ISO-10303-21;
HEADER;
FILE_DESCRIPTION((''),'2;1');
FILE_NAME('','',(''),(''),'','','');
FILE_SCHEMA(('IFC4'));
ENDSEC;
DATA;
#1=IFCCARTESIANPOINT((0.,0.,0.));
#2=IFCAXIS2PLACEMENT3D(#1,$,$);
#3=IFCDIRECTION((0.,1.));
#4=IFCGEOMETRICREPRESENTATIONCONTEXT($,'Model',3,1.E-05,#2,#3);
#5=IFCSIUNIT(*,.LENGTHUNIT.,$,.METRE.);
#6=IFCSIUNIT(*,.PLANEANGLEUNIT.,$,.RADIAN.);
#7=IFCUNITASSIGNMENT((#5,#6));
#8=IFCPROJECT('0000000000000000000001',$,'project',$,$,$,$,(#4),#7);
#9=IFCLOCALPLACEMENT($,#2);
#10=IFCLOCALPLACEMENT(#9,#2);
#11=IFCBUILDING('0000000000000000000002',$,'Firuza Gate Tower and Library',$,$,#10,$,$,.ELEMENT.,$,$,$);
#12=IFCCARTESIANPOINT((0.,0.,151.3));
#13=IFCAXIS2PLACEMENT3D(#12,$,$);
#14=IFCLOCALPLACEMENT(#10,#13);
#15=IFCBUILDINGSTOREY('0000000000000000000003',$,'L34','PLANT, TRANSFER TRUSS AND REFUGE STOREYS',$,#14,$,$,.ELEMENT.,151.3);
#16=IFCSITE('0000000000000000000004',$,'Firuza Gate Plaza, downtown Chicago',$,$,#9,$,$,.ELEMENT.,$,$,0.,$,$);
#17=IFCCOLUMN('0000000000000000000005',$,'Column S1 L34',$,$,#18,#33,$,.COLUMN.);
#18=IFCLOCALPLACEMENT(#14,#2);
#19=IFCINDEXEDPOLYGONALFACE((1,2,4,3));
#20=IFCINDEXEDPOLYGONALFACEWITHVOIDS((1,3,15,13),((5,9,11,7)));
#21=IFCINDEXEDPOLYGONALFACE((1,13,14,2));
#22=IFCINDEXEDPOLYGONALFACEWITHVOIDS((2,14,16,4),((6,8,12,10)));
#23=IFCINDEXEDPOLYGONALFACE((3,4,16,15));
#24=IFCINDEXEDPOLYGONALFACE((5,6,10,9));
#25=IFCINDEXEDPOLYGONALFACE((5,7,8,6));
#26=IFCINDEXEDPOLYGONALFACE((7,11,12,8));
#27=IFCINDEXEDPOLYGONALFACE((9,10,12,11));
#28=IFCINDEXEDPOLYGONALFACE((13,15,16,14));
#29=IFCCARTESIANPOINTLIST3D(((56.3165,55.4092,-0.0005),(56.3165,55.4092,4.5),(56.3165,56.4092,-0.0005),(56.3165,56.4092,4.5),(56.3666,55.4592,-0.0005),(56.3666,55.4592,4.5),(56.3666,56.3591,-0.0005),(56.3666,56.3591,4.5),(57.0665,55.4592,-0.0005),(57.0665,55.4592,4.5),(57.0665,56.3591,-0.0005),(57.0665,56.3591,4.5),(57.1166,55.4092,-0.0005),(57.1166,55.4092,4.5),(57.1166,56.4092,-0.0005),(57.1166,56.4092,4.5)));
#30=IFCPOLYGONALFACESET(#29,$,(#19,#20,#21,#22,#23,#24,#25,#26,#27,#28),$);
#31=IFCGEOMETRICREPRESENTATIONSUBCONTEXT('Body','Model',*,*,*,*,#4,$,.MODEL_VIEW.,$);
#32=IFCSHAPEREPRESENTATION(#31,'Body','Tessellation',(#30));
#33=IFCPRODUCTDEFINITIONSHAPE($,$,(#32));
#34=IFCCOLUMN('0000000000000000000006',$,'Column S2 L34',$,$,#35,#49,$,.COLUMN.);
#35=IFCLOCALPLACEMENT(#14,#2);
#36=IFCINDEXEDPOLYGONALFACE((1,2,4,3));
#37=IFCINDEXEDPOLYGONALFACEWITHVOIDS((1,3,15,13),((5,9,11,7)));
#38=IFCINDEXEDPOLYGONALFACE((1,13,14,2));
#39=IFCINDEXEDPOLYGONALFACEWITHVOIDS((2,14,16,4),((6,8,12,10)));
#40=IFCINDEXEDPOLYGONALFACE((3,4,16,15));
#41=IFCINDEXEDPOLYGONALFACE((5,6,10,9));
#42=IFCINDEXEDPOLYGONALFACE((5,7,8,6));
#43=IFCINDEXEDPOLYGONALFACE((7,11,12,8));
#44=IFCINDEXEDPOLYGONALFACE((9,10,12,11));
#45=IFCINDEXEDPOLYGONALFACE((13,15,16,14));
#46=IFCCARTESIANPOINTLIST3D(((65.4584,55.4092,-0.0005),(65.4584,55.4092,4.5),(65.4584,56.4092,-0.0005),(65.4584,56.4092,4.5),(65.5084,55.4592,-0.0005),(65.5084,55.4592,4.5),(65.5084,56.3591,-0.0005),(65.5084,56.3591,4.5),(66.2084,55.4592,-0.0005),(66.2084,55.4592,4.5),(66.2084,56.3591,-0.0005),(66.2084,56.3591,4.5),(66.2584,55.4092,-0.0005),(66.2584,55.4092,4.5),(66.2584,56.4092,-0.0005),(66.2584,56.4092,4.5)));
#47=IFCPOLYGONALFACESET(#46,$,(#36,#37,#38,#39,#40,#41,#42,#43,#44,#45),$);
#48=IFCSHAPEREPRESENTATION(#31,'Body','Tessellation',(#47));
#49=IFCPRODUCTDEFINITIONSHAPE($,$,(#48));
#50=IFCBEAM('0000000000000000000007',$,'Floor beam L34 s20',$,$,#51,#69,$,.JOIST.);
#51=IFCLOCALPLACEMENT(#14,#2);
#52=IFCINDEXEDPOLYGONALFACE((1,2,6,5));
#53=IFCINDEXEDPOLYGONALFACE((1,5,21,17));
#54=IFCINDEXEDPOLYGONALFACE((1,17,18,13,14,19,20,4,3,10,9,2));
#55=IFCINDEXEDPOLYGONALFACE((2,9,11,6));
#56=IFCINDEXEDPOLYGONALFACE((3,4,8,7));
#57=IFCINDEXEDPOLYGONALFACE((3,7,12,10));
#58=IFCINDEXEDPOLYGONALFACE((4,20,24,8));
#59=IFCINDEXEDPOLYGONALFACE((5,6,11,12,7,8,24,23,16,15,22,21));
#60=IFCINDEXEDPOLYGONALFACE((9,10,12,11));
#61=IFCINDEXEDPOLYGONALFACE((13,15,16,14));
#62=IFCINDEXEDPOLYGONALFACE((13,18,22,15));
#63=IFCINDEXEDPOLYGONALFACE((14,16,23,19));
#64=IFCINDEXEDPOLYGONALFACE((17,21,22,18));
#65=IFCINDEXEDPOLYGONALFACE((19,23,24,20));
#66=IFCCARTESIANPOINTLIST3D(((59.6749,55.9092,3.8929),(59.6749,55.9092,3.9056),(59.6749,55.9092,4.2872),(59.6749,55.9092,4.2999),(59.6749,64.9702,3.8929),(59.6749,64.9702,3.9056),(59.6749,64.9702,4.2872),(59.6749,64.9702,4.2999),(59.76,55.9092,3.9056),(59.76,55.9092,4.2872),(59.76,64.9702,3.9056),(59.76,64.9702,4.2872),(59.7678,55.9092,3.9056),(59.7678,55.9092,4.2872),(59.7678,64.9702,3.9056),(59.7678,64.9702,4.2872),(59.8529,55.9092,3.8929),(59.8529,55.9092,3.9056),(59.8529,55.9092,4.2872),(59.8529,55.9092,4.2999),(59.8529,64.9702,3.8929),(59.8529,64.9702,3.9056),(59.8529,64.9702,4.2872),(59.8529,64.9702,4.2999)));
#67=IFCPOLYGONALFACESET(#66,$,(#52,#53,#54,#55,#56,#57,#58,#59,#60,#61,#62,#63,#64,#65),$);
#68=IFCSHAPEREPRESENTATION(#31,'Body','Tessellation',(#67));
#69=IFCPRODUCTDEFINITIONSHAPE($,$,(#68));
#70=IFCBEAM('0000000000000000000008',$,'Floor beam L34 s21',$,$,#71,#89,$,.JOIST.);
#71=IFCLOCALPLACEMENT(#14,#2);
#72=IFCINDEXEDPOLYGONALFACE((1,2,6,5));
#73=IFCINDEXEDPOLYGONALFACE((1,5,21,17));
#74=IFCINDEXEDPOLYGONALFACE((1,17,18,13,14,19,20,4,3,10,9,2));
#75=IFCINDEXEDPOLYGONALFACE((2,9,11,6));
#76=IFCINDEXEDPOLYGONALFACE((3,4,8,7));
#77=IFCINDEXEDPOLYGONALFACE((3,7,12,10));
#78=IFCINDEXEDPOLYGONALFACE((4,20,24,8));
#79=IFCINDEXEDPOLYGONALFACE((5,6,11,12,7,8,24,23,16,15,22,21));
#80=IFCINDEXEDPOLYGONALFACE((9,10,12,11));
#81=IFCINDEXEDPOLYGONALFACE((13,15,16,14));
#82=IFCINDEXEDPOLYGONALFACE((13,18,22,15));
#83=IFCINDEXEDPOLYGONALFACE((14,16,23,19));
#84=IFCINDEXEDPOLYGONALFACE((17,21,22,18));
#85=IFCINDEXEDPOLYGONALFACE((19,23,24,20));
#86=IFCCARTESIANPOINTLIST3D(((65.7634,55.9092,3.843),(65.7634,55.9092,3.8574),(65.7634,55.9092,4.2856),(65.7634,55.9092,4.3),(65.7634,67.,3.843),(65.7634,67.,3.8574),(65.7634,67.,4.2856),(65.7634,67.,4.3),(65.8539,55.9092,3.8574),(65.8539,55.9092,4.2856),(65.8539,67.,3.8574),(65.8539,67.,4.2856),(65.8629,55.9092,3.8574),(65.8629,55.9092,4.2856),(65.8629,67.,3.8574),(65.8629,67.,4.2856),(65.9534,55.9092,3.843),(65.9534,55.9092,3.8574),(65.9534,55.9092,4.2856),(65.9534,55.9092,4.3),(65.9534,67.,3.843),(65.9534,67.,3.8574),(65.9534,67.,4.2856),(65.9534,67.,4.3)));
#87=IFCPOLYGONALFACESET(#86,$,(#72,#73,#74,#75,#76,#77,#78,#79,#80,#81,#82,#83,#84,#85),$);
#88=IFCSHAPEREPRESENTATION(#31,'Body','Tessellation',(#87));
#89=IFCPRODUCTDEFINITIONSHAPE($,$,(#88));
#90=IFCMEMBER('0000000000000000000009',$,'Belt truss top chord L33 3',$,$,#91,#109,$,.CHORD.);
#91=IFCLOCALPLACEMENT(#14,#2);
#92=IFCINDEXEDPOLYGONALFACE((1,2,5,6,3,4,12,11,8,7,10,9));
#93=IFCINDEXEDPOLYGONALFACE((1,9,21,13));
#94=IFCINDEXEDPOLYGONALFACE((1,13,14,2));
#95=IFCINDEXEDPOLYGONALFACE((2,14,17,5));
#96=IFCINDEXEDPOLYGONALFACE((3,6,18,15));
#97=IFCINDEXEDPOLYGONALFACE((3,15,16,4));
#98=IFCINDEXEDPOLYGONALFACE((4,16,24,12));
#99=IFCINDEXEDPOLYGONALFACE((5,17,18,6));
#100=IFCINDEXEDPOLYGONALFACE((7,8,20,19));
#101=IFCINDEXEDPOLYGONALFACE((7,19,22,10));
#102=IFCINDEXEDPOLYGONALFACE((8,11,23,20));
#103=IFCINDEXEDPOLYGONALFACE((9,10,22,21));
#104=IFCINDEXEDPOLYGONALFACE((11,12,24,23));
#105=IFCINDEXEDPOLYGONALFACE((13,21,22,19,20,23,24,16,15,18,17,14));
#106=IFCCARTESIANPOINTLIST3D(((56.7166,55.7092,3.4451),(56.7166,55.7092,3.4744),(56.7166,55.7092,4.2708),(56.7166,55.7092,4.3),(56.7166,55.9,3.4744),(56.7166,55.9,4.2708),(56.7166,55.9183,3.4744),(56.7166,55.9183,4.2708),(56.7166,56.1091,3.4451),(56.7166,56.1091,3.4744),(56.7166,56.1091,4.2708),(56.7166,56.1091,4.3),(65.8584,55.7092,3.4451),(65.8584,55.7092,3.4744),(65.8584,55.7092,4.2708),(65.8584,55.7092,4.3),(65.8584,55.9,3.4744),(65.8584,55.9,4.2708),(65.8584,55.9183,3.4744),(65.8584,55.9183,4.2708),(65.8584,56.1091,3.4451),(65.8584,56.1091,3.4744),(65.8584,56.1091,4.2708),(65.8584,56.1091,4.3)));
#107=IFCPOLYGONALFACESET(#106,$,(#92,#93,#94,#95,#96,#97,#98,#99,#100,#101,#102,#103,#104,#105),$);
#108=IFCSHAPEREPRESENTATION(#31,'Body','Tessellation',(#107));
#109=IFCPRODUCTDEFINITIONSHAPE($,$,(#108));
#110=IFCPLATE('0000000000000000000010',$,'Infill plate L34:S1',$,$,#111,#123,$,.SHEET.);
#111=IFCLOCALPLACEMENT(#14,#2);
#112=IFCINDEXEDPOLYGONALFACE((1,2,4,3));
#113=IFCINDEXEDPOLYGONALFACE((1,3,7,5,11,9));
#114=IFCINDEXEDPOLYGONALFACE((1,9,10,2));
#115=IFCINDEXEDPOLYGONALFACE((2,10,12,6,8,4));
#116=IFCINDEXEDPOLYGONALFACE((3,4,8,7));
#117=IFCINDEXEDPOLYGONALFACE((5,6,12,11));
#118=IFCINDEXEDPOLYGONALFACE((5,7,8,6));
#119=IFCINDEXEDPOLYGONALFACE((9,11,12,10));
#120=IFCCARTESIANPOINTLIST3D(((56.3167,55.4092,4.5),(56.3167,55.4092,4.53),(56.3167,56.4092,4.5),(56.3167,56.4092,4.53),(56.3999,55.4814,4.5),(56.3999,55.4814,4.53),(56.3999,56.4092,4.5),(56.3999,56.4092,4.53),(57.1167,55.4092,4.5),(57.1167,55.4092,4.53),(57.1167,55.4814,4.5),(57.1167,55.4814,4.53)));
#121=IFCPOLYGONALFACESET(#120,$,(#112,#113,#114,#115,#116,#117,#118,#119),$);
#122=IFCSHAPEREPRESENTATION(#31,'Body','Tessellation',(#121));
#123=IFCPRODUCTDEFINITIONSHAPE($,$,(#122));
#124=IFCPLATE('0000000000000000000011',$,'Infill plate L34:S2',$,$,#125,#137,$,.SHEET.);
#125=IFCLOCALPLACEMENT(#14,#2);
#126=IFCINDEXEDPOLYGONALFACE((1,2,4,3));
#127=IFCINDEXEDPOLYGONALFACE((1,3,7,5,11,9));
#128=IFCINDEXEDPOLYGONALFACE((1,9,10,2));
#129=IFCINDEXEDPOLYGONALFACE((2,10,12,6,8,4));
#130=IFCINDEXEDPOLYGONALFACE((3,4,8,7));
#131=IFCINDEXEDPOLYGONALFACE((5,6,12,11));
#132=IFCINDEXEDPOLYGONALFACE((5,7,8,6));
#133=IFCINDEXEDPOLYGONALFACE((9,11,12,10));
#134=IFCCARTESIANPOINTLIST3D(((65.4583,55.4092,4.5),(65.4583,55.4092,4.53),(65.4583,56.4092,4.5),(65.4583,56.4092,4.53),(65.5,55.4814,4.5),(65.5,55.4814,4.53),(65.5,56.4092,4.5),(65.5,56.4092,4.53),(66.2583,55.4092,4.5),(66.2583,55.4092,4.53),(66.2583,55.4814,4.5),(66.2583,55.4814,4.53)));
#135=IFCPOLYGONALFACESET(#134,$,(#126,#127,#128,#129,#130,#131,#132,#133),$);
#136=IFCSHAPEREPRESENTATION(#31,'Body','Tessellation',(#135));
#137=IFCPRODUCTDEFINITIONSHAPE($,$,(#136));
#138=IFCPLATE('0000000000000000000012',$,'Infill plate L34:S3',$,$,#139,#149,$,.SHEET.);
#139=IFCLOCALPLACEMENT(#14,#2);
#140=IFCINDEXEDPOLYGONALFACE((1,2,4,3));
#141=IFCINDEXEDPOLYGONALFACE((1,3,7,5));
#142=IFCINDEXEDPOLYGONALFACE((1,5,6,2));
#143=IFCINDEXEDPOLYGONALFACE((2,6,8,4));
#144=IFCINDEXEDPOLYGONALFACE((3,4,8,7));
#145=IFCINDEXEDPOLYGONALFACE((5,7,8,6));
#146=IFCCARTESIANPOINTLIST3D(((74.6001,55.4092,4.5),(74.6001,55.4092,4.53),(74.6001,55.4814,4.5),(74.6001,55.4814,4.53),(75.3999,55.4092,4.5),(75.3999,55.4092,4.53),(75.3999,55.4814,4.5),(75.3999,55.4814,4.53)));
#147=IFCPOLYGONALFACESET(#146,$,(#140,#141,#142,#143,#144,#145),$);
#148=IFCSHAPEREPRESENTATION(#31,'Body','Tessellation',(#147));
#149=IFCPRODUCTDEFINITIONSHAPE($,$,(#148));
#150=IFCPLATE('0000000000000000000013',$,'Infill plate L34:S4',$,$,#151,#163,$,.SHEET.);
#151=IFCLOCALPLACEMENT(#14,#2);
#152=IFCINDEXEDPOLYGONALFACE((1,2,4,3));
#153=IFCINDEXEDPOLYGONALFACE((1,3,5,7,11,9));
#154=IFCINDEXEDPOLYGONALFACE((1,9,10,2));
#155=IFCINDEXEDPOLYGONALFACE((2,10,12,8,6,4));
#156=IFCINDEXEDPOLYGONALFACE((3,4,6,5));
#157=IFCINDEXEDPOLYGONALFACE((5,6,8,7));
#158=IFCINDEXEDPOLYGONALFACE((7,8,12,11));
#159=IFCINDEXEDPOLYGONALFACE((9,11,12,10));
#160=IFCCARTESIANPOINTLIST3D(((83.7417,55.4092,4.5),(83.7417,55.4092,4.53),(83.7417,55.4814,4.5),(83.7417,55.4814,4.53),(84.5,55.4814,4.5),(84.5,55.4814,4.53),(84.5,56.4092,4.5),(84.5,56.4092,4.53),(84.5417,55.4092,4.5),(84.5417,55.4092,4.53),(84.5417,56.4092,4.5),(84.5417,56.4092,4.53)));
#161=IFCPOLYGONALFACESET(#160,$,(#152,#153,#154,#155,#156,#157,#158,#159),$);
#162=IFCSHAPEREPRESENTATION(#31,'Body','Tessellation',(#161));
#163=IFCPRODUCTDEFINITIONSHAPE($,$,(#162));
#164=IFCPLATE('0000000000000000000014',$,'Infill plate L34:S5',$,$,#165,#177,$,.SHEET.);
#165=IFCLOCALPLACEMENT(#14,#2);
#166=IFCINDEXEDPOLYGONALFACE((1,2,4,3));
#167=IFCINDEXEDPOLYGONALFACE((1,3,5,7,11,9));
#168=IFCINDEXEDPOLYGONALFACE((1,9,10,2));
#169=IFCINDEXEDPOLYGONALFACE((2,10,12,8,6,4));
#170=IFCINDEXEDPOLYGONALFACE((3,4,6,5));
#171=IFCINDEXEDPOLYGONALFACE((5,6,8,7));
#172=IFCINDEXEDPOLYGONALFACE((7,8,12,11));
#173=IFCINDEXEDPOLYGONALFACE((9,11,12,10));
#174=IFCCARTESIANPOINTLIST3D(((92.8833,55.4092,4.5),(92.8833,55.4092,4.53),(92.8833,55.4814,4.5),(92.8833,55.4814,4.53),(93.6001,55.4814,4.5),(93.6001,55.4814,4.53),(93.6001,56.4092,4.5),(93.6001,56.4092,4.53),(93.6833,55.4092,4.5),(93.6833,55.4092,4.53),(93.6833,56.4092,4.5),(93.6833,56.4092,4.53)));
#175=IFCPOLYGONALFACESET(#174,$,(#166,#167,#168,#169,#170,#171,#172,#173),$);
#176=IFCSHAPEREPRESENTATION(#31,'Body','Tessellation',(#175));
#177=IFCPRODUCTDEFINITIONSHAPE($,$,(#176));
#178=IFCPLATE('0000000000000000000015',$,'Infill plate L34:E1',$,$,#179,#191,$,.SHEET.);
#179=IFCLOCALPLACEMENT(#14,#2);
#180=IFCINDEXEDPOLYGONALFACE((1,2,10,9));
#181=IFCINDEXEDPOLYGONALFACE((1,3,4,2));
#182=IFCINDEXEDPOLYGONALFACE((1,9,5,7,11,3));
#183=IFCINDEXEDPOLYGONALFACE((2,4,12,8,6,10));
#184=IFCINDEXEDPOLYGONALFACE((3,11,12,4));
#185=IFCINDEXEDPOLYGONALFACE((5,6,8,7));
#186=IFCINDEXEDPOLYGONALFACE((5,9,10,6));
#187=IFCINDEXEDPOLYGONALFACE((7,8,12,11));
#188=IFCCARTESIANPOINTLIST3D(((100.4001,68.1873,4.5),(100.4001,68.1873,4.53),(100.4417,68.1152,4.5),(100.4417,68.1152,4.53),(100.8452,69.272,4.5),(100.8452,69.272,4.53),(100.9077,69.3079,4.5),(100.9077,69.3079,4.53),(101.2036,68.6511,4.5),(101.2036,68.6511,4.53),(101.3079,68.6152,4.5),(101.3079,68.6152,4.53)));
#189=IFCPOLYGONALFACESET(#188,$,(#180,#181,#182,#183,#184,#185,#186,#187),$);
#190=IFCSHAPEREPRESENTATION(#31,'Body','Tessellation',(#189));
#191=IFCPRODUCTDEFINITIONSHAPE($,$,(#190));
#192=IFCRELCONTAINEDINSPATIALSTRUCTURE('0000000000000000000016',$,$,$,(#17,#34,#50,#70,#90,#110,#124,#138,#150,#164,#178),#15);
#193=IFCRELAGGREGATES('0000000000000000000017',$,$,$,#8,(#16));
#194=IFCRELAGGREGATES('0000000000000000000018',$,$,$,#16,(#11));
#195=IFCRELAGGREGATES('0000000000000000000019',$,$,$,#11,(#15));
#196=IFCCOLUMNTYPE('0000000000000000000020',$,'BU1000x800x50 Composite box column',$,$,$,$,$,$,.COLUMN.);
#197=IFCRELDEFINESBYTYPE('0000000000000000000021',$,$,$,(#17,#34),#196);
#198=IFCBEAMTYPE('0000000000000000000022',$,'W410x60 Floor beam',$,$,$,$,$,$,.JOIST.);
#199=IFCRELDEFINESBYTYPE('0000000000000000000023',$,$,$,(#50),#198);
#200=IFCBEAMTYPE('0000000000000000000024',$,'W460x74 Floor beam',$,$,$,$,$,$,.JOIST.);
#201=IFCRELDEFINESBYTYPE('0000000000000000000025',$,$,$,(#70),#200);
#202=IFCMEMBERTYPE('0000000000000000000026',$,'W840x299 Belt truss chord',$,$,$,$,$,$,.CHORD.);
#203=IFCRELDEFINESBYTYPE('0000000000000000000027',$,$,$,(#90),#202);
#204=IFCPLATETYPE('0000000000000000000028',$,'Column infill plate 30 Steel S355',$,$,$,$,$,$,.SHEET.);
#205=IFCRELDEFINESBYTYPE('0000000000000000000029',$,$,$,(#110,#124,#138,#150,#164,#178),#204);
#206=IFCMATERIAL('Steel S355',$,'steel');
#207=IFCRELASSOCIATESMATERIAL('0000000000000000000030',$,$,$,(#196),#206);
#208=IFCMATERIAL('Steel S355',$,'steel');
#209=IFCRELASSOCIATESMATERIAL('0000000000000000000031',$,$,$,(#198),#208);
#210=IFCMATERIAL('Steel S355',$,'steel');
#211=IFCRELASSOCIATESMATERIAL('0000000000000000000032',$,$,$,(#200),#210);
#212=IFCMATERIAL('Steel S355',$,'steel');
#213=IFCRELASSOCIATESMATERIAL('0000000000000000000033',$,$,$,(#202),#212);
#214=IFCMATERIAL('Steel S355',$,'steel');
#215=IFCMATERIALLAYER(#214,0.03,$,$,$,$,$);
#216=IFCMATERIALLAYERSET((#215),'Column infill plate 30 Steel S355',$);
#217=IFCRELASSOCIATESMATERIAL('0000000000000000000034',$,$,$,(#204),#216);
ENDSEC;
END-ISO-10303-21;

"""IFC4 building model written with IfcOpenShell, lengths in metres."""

from ifc_helpers import new_model, si_unit, direction, frame, origin, origin_2d, place, context, subcontext, project, spatial, polyline, hollow_rectangle, i_section, outline, extrude, material, layer, layer_set, material_profile, profile_set, type_object, element, save


model = new_model("IFC4")

# Units and contexts
model_context = context("Model", 3, precision=1e-05, world=origin(), true_north=direction((0.0, 1.0)))
body_context = subcontext(model_context, "Body", "Model", "MODEL_VIEW")
ifc_project = project(units=[si_unit("LENGTHUNIT", "METRE"), si_unit("PLANEANGLEUNIT", "RADIAN")], contexts=[model_context])

# Site, building, storey
site_placement = place(None, origin())
site = spatial("IfcSite", under=ifc_project, at=site_placement, Name="Firuza Gate Plaza, downtown Chicago", CompositionType="ELEMENT", RefElevation=0.0)
building_placement = place(site_placement, origin())
building = spatial("IfcBuilding", under=site, at=building_placement, Name="Firuza Gate Tower and Library", CompositionType="ELEMENT")
storey_placement = place(building_placement, frame((0.0, 0.0, 151.3)))
storey = spatial("IfcBuildingStorey", under=building, at=storey_placement, Name="L34", Description="PLANT, TRANSFER TRUSS AND REFUGE STOREYS", CompositionType="ELEMENT", Elevation=151.3)

# Columns
ifc_material_1 = material(Name="Steel S355", Category="steel")
ifc_material_profile_1 = material_profile(ifc_material_1, hollow_rectangle(XDim=0.8, YDim=1.0, WallThickness=0.05, at=origin_2d()))
ifc_profile_set_1 = profile_set([ifc_material_profile_1], Name="Steel S355")
column_type = type_object("IfcColumnType", Name="BU1000x800x50 Composite box column", PredefinedType="COLUMN", material=ifc_profile_set_1)
for number, where, z_axis, x_axis, name in (
    (1, (56.7166, 55.9092, -0.0005), (0.0, 0.0, 1.0), (1.0, 0.0, 0.0), "Column S1 L34"),
    (2, (65.8584, 55.9092, -0.0005), (0.0, 0.0, 1.0), (1.0, 0.0, 0.0), "Column S2 L34"),
):
    element("IfcColumn", number, at=place(storey_placement, frame(where, z_axis=z_axis, x_axis=x_axis)), inside=storey, type_object=column_type, Name=name, PredefinedType="COLUMN", context=body_context, shape_type="SweptSolid", body=[
        extrude(hollow_rectangle(XDim=0.8, YDim=1.0, WallThickness=0.05, at=origin_2d()), origin(), (0.0, 0.0, 1.0), 4.5005),
    ])

# Beams
ifc_material_2 = material(Name="Steel S355", Category="steel")
ifc_material_profile_2 = material_profile(ifc_material_2, i_section(OverallWidth=0.178, OverallDepth=0.407, WebThickness=0.0078, FlangeThickness=0.0127, at=origin_2d()))
ifc_profile_set_2 = profile_set([ifc_material_profile_2], Name="Steel S355")
beam_type_1 = type_object("IfcBeamType", Name="W410x60 Floor beam", PredefinedType="JOIST", material=ifc_profile_set_2)
beam_1_placement = place(storey_placement, frame((59.7639, 55.9092, 4.0964), z_axis=(0.0, 1.0, 0.0), x_axis=(-1.0, 0.0, 0.0)))
element("IfcBeam", 3, at=beam_1_placement, inside=storey, type_object=beam_type_1, Name="Floor beam L34 s20", PredefinedType="JOIST", context=body_context, shape_type="SweptSolid", body=[
    extrude(i_section(OverallWidth=0.178, OverallDepth=0.407, WebThickness=0.0078, FlangeThickness=0.0127, at=origin_2d()), origin(), (0.0, 0.0, 1.0), 9.061),
])
ifc_material_3 = material(Name="Steel S355", Category="steel")
ifc_material_profile_3 = material_profile(ifc_material_3, i_section(OverallWidth=0.1899, OverallDepth=0.457, WebThickness=0.009, FlangeThickness=0.0144, at=origin_2d()))
ifc_profile_set_3 = profile_set([ifc_material_profile_3], Name="Steel S355")
beam_type_2 = type_object("IfcBeamType", Name="W460x74 Floor beam", PredefinedType="JOIST", material=ifc_profile_set_3)
beam_2_placement = place(storey_placement, frame((65.8584, 55.9092, 4.0715), z_axis=(0.0, 1.0, 0.0), x_axis=(-1.0, 0.0, 0.0)))
element("IfcBeam", 4, at=beam_2_placement, inside=storey, type_object=beam_type_2, Name="Floor beam L34 s21", PredefinedType="JOIST", context=body_context, shape_type="SweptSolid", body=[
    extrude(i_section(OverallWidth=0.1899, OverallDepth=0.457, WebThickness=0.009, FlangeThickness=0.0144, at=origin_2d()), origin(), (0.0, 0.0, 1.0), 11.0908),
])

# Member
ifc_material_4 = material(Name="Steel S355", Category="steel")
ifc_material_profile_4 = material_profile(ifc_material_4, i_section(OverallWidth=0.3999, OverallDepth=0.855, WebThickness=0.0183, FlangeThickness=0.0293, at=origin_2d()))
ifc_profile_set_4 = profile_set([ifc_material_profile_4], Name="Steel S355")
member_type = type_object("IfcMemberType", Name="W840x299 Belt truss chord", PredefinedType="CHORD", material=ifc_profile_set_4)
member_placement = place(storey_placement, frame((56.7166, 55.9092, 3.8726), z_axis=(1.0, 0.0, 0.0), x_axis=(0.0, 1.0, 0.0)))
element("IfcMember", 5, at=member_placement, inside=storey, type_object=member_type, Name="Belt truss top chord L33 3", PredefinedType="CHORD", context=body_context, shape_type="SweptSolid", body=[
    extrude(i_section(OverallWidth=0.3999, OverallDepth=0.855, WebThickness=0.0183, FlangeThickness=0.0293, at=origin_2d()), origin(), (0.0, 0.0, 1.0), 9.1418),
])

# Plates
ifc_material_5 = material(Name="Steel S355", Category="steel")
ifc_layer_1 = layer(ifc_material_5, 0.03)
ifc_layer_set_1 = layer_set([ifc_layer_1], Name="Column infill plate 30 Steel S355")
plate_type = type_object("IfcPlateType", Name="Column infill plate 30 Steel S355", PredefinedType="SHEET", material=ifc_layer_set_1)
placement_1 = place(storey_placement, frame((0.0, 0.0, 4.5)))
element("IfcPlate", 6, at=placement_1, inside=storey, type_object=plate_type, Name="Infill plate L34:S1", PredefinedType="SHEET", context=body_context, shape_type="SweptSolid", body=[
    extrude(outline(polyline([(57.1167, 55.4092), (57.1167, 55.4814), (56.3999, 55.4814), (56.3999, 56.4092), (56.3167, 56.4092), (56.3167, 55.4092), (57.1167, 55.4092)])), origin(), (0.0, 0.0, 1.0), 0.03),
])
element("IfcPlate", 7, at=placement_1, inside=storey, type_object=plate_type, Name="Infill plate L34:S2", PredefinedType="SHEET", context=body_context, shape_type="SweptSolid", body=[
    extrude(outline(polyline([(66.2583, 55.4092), (66.2583, 55.4814), (65.5, 55.4814), (65.5, 56.4092), (65.4583, 56.4092), (65.4583, 55.4092), (66.2583, 55.4092)])), origin(), (0.0, 0.0, 1.0), 0.03),
])
element("IfcPlate", 8, at=placement_1, inside=storey, type_object=plate_type, Name="Infill plate L34:S3", PredefinedType="SHEET", context=body_context, shape_type="SweptSolid", body=[
    extrude(outline(polyline([(75.3999, 55.4092), (75.3999, 55.4814), (74.6001, 55.4814), (74.6001, 55.4092), (75.3999, 55.4092)])), origin(), (0.0, 0.0, 1.0), 0.03),
])
element("IfcPlate", 9, at=placement_1, inside=storey, type_object=plate_type, Name="Infill plate L34:S4", PredefinedType="SHEET", context=body_context, shape_type="SweptSolid", body=[
    extrude(outline(polyline([(84.5417, 56.4092), (84.5, 56.4092), (84.5, 55.4814), (83.7417, 55.4814), (83.7417, 55.4092), (84.5417, 55.4092), (84.5417, 56.4092)])), origin(), (0.0, 0.0, 1.0), 0.03),
])
element("IfcPlate", 10, at=placement_1, inside=storey, type_object=plate_type, Name="Infill plate L34:S5", PredefinedType="SHEET", context=body_context, shape_type="SweptSolid", body=[
    extrude(outline(polyline([(93.6833, 56.4092), (93.6001, 56.4092), (93.6001, 55.4814), (92.8833, 55.4814), (92.8833, 55.4092), (93.6833, 55.4092), (93.6833, 56.4092)])), origin(), (0.0, 0.0, 1.0), 0.03),
])
element("IfcPlate", 11, at=placement_1, inside=storey, type_object=plate_type, Name="Infill plate L34:E1", PredefinedType="SHEET", context=body_context, shape_type="SweptSolid", body=[
    extrude(outline(polyline([(100.9077, 69.3079), (100.8452, 69.272), (101.2036, 68.6511), (100.4001, 68.1873), (100.4417, 68.1152), (101.3079, 68.6152), (100.9077, 69.3079)])), origin(), (0.0, 0.0, 1.0), 0.03),
])

save(model, "model.ifc")
